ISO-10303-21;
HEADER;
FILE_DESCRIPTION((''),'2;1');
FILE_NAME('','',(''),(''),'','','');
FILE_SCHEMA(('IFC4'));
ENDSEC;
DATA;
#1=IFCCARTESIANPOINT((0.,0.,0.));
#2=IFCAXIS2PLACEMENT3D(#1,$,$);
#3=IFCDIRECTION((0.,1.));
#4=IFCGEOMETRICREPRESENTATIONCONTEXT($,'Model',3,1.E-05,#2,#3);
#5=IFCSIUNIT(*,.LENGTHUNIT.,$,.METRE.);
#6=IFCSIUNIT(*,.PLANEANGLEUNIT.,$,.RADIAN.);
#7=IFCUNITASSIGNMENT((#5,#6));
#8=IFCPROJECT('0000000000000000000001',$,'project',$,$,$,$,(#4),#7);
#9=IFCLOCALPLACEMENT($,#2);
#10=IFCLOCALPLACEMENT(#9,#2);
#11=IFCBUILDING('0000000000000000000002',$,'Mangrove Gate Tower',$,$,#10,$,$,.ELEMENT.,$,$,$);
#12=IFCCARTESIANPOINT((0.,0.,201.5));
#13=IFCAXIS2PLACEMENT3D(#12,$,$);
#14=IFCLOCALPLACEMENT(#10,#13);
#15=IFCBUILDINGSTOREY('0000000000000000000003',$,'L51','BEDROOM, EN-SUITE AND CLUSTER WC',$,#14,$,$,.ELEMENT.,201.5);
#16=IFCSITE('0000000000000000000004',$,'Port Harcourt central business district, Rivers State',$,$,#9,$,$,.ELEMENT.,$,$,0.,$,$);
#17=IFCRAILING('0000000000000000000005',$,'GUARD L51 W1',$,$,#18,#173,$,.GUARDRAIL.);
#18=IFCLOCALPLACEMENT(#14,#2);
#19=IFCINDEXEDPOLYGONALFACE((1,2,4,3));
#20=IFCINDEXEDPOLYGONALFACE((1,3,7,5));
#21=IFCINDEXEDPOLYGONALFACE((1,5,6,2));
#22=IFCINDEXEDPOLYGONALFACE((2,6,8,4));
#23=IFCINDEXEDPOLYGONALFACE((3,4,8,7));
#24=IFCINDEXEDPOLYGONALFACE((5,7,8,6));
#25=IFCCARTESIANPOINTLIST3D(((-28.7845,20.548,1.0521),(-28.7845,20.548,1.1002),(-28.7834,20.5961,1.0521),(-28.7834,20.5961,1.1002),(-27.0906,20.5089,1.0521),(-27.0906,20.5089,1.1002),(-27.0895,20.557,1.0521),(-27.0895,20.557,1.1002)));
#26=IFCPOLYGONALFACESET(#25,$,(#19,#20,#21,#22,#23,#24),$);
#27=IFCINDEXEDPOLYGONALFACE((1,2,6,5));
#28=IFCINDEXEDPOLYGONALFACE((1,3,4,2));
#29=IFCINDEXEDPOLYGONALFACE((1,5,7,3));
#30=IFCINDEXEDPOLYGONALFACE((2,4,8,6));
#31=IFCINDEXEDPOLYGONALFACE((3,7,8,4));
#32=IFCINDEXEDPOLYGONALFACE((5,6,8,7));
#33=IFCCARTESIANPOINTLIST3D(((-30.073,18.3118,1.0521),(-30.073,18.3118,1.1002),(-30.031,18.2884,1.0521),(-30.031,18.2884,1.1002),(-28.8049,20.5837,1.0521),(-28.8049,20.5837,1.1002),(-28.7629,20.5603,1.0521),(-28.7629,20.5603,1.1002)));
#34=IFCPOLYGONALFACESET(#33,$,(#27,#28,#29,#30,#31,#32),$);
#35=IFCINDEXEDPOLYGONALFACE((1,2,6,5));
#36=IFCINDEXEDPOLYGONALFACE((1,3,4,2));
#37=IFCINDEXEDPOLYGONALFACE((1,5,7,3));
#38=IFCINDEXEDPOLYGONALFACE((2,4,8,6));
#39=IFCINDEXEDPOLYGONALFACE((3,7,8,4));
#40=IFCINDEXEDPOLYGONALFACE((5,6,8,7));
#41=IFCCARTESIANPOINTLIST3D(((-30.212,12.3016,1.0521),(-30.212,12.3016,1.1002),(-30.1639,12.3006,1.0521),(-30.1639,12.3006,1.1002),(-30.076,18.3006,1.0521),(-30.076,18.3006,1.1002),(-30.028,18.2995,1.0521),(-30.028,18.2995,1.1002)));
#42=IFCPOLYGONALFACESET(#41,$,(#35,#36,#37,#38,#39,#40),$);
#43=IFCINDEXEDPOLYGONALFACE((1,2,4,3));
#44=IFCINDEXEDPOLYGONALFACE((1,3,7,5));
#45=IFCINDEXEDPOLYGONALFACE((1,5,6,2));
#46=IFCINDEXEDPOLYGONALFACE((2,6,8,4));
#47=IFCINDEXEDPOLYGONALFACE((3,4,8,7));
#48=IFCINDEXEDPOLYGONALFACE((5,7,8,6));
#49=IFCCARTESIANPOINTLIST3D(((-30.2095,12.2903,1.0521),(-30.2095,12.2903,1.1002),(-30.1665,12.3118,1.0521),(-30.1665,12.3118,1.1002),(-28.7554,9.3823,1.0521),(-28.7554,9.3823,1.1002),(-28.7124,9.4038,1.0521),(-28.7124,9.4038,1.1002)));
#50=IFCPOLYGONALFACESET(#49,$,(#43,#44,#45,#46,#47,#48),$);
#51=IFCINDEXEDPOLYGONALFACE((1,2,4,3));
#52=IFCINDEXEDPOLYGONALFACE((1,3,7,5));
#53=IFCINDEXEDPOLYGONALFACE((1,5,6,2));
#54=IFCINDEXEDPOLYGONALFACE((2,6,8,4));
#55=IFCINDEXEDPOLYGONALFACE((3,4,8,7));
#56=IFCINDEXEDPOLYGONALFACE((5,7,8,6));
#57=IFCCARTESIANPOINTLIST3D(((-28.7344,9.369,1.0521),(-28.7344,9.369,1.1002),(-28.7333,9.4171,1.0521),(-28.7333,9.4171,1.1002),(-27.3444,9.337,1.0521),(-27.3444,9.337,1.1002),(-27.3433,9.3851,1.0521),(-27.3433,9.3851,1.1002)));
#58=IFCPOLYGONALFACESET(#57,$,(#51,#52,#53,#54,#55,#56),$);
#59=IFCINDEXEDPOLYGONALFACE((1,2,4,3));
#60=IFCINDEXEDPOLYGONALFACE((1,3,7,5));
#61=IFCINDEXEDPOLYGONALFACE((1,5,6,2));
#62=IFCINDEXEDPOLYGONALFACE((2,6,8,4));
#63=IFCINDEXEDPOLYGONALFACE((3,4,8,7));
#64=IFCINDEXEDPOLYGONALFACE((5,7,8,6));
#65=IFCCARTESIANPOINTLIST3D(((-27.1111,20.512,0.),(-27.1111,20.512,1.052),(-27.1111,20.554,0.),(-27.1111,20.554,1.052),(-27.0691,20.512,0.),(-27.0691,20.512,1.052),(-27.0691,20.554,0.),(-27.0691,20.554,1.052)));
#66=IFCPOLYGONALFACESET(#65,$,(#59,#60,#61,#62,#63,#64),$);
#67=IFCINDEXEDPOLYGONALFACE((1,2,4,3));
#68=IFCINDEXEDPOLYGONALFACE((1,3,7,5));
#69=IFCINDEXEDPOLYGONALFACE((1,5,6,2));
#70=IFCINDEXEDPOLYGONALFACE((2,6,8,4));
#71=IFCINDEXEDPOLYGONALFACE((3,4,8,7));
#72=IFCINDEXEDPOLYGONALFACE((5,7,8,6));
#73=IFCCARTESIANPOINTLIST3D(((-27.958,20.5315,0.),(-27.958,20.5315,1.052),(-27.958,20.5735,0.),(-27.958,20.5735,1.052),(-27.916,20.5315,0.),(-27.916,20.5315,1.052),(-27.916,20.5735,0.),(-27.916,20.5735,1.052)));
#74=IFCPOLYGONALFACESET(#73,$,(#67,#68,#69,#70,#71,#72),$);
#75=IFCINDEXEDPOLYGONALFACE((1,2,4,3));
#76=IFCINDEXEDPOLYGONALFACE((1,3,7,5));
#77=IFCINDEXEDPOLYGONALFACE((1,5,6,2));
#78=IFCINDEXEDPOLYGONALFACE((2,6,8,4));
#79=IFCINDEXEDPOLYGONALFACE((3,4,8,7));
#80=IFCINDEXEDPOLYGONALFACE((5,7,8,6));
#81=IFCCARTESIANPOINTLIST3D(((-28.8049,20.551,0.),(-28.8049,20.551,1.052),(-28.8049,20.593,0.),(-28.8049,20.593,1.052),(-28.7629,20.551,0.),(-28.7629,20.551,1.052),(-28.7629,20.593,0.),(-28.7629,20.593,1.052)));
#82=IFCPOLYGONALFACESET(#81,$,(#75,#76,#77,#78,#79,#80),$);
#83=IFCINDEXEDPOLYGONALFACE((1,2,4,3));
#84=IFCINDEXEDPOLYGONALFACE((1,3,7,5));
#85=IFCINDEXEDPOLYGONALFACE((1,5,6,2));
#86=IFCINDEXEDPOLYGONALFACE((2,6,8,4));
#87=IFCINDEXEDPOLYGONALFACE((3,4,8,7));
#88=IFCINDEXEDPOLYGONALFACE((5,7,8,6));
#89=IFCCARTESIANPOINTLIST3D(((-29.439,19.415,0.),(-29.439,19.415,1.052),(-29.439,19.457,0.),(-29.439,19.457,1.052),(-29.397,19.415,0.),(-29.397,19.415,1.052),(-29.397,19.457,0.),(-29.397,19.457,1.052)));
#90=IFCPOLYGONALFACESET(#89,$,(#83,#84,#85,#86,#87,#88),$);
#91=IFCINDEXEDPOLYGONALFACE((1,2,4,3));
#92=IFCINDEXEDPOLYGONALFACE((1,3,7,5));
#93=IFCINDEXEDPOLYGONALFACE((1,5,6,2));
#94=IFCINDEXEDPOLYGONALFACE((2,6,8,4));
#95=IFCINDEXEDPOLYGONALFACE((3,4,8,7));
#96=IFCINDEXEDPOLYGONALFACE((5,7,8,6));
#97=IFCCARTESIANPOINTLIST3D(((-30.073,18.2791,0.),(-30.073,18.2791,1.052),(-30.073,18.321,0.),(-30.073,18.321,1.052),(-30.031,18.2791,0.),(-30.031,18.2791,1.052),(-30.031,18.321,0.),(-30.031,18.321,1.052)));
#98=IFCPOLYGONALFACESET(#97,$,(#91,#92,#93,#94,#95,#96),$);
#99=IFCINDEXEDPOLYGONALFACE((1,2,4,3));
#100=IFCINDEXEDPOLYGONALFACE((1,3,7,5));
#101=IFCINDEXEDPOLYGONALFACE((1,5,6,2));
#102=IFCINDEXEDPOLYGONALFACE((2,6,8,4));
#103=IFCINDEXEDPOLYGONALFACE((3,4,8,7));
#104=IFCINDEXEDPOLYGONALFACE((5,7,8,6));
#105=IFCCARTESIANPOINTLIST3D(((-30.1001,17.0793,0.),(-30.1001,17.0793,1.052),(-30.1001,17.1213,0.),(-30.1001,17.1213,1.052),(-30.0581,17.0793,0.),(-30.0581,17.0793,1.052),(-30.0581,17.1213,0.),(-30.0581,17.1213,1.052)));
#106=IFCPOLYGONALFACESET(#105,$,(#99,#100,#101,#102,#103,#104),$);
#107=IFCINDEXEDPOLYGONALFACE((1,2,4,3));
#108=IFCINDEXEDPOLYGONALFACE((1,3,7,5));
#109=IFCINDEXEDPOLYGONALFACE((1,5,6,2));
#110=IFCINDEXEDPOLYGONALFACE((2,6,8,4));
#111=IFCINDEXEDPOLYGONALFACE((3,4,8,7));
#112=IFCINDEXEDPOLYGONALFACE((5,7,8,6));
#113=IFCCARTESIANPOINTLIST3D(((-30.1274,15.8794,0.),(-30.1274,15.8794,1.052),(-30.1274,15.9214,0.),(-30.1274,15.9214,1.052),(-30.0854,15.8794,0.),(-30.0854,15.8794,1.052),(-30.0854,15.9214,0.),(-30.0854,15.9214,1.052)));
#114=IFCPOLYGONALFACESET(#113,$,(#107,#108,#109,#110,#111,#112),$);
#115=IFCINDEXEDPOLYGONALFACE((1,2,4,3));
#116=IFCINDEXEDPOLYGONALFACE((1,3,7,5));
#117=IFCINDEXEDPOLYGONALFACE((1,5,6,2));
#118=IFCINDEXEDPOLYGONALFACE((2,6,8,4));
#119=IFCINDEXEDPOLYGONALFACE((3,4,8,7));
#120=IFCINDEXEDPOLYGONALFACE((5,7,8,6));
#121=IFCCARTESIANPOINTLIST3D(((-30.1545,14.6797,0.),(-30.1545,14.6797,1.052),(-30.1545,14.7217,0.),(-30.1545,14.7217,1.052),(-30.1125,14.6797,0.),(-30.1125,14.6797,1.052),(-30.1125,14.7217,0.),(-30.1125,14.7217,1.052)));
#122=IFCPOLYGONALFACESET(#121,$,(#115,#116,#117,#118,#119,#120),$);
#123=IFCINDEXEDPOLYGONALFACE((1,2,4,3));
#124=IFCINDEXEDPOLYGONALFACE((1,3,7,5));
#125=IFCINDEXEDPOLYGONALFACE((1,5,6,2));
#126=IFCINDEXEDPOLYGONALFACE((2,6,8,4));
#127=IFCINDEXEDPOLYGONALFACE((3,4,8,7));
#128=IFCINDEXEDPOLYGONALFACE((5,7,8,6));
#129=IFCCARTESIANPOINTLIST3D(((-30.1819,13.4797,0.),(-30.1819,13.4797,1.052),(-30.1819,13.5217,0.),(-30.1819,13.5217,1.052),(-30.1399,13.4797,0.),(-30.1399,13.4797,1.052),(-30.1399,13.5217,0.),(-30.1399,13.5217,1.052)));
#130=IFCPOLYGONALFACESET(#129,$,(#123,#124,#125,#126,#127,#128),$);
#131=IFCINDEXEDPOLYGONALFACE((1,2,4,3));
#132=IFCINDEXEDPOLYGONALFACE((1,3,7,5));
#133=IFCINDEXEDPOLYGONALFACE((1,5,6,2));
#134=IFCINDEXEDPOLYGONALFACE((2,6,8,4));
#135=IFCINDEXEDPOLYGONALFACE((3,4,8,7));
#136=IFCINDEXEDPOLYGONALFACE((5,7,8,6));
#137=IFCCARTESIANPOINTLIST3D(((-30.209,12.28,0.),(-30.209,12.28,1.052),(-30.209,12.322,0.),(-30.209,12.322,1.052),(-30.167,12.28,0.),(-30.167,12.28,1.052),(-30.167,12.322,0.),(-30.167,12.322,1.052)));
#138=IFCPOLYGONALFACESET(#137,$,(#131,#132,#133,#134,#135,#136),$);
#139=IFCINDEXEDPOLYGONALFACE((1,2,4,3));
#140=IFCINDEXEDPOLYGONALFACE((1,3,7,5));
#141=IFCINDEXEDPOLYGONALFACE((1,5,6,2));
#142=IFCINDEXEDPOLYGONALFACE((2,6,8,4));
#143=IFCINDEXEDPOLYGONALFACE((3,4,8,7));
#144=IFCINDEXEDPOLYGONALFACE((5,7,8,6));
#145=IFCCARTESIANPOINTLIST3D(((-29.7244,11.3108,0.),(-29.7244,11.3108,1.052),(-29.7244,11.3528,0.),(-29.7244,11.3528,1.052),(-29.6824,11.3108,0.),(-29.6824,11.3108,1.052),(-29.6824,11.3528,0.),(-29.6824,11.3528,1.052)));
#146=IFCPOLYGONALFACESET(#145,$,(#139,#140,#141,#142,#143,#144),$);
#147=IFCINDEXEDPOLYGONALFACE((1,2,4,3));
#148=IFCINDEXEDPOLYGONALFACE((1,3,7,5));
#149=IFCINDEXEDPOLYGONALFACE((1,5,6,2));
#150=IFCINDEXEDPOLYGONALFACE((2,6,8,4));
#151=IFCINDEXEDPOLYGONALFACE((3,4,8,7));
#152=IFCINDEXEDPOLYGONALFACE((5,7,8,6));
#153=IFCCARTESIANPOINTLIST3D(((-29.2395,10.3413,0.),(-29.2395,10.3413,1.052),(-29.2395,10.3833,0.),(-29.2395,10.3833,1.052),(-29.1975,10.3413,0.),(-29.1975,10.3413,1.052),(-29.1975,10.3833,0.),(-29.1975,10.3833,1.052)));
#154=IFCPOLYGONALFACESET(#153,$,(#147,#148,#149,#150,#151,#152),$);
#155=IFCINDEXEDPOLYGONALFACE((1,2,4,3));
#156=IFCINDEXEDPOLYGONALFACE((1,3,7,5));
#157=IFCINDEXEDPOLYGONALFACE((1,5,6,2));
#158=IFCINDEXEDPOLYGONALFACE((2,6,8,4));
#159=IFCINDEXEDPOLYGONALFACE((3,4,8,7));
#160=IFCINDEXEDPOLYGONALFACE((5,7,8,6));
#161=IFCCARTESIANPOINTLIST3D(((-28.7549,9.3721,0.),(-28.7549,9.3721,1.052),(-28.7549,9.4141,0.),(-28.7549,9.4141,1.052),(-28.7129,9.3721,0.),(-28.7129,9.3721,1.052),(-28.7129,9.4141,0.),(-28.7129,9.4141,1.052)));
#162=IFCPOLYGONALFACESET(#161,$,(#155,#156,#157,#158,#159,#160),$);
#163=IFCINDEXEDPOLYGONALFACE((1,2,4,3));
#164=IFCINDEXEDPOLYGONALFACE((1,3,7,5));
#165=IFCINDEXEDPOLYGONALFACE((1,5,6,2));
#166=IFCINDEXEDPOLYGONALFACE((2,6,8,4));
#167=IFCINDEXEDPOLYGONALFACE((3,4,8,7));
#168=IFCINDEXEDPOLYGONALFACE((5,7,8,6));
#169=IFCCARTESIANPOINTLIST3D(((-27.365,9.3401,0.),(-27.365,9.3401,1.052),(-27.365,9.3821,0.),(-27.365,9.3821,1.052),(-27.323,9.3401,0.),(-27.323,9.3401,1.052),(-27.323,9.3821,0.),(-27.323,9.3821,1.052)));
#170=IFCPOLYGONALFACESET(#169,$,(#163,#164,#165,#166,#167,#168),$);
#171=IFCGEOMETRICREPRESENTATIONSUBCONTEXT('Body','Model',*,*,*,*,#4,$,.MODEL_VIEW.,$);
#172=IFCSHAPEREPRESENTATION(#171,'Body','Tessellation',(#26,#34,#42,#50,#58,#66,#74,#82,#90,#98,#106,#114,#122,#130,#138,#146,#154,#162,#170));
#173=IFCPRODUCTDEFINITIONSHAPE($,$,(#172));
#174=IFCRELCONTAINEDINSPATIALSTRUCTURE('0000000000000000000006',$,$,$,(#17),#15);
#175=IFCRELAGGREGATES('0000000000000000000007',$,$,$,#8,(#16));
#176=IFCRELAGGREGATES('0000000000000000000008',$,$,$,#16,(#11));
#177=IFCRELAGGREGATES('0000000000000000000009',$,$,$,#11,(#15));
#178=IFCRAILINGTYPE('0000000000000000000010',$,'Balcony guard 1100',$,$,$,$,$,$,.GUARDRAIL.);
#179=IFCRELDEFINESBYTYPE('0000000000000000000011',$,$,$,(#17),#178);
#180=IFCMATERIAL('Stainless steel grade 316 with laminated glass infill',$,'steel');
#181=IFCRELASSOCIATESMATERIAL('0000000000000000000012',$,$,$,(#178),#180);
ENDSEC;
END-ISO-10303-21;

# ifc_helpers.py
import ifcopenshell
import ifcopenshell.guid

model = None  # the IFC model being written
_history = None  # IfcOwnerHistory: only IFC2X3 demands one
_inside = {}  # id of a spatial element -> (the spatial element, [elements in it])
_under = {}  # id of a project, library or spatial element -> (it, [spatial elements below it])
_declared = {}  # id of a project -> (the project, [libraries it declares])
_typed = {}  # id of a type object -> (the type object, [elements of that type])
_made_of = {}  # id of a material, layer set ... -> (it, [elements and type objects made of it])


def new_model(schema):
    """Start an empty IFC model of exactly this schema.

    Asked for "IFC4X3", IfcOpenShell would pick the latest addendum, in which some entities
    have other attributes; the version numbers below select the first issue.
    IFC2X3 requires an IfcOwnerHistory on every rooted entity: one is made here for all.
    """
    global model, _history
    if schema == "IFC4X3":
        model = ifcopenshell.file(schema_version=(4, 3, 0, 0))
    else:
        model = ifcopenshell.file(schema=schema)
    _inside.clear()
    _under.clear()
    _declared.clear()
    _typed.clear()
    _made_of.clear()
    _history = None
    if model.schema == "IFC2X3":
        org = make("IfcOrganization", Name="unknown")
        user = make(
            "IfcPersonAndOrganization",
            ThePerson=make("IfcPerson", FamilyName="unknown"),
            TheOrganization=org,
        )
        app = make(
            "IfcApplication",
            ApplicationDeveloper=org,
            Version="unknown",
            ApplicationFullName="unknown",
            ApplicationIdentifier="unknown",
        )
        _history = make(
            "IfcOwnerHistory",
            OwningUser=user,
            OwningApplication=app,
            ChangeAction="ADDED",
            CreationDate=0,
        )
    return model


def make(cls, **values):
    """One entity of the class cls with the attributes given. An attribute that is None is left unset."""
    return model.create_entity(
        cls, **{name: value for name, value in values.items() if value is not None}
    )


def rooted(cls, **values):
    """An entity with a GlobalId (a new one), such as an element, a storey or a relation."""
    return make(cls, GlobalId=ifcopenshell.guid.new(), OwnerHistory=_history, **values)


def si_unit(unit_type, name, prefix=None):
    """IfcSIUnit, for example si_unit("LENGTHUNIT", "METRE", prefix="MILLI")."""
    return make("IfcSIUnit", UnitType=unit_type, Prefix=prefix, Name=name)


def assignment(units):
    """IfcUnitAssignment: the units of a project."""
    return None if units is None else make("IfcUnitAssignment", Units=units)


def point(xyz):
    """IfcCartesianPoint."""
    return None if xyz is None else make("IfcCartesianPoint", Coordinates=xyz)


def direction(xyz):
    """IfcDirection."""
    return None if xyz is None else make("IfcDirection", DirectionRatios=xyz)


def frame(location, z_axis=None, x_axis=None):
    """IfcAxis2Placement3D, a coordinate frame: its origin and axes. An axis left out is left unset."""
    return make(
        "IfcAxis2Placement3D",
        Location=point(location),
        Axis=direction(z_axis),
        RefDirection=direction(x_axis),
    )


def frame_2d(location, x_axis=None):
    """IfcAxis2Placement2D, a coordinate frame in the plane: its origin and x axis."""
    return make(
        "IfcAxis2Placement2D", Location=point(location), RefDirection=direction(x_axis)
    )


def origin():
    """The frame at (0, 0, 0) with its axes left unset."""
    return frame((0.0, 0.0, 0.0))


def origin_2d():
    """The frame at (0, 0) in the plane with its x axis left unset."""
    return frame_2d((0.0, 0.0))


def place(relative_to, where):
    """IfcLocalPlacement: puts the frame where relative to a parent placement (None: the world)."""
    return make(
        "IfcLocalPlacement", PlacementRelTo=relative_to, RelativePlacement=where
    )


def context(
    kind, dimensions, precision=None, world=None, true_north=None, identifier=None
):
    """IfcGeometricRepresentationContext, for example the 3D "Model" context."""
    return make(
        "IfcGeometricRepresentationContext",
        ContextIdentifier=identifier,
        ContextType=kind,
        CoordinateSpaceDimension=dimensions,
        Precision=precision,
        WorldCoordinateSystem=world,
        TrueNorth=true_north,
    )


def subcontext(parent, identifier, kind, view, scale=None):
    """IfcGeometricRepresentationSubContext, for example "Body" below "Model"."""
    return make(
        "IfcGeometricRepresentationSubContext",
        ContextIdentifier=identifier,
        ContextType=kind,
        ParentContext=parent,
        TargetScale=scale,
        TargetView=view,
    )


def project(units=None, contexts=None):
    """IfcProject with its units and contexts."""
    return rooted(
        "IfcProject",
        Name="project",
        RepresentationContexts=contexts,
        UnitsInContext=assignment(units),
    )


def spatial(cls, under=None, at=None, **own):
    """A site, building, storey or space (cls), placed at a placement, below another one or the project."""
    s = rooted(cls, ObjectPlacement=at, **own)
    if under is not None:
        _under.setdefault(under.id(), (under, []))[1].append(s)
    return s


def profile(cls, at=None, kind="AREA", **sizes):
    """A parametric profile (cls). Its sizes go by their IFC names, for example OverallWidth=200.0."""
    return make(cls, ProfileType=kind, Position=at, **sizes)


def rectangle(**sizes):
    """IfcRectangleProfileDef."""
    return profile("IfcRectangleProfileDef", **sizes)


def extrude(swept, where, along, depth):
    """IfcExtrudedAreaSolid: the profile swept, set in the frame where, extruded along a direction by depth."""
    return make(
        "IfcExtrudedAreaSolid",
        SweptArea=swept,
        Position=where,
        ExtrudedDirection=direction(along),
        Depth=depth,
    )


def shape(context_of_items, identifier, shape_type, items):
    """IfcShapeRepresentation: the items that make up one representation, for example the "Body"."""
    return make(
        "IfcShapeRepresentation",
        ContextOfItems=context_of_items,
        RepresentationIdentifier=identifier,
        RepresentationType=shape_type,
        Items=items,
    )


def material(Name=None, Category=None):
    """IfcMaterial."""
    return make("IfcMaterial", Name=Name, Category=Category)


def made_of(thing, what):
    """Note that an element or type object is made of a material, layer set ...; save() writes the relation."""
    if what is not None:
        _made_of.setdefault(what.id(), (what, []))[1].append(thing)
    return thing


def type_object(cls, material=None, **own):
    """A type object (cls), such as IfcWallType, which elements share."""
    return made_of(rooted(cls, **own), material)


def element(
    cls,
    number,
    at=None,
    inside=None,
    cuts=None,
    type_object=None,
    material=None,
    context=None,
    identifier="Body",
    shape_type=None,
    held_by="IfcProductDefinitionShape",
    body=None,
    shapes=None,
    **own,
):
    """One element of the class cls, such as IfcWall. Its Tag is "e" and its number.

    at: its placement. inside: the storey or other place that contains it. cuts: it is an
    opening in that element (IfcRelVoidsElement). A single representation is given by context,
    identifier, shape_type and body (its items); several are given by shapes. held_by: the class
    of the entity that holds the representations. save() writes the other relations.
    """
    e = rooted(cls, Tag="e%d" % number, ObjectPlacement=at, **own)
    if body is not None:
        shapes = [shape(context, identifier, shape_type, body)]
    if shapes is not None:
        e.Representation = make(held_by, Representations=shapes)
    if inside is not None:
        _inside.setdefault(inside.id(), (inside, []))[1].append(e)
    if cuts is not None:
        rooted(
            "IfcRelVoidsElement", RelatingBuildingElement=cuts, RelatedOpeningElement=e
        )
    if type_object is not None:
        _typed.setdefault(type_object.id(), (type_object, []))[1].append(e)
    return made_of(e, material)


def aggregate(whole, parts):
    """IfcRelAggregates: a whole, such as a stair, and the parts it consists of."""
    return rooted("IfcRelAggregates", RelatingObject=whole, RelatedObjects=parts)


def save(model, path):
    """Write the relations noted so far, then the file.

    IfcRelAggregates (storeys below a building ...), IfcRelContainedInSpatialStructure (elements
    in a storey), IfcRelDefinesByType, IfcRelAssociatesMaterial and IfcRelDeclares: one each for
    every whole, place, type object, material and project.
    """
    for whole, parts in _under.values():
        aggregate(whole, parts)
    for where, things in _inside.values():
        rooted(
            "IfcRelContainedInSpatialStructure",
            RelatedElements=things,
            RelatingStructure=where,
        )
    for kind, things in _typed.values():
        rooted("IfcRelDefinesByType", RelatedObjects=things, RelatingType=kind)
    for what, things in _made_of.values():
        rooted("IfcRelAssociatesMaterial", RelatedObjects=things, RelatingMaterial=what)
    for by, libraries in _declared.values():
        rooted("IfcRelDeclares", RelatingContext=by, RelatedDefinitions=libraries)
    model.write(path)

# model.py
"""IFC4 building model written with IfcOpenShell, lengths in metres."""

from ifc_helpers import new_model, si_unit, direction, frame, origin, origin_2d, place, context, subcontext, project, spatial, rectangle, extrude, material, type_object, element, save


model = new_model("IFC4")

# Units and contexts
model_context = context("Model", 3, precision=1e-05, world=origin(), true_north=direction((0.0, 1.0)))
body_context = subcontext(model_context, "Body", "Model", "MODEL_VIEW")
ifc_project = project(units=[si_unit("LENGTHUNIT", "METRE"), si_unit("PLANEANGLEUNIT", "RADIAN")], contexts=[model_context])

# Site, building, storey
site_placement = place(None, origin())
site = spatial("IfcSite", under=ifc_project, at=site_placement, Name="Port Harcourt central business district, Rivers State", CompositionType="ELEMENT", RefElevation=0.0)
building_placement = place(site_placement, origin())
building = spatial("IfcBuilding", under=site, at=building_placement, Name="Mangrove Gate Tower", CompositionType="ELEMENT")
storey_placement = place(building_placement, frame((0.0, 0.0, 201.5)))
storey = spatial("IfcBuildingStorey", under=building, at=storey_placement, Name="L51", Description="BEDROOM, EN-SUITE AND CLUSTER WC", CompositionType="ELEMENT", Elevation=201.5)

# Railing
ifc_material_1 = material(Name="Stainless steel grade 316 with laminated glass infill", Category="steel")
railing_type = type_object("IfcRailingType", Name="Balcony guard 1100", PredefinedType="GUARDRAIL", material=ifc_material_1)
railing_placement = place(storey_placement, frame((-27.0901, 20.533, 0.0)))
element("IfcRailing", 1, at=railing_placement, inside=storey, type_object=railing_type, Name="GUARD L51 W1", PredefinedType="GUARDRAIL", context=body_context, shape_type="SweptSolid", body=[
    extrude(rectangle(XDim=0.0481, YDim=0.0481, at=origin_2d()), frame((0.0, 0.0, 1.0762), z_axis=(-0.999734, 0.023055, 0.0), x_axis=(-0.023055, -0.999734, 0.0)), (0.0, 0.0, 1.0), 1.6943),
    extrude(rectangle(XDim=0.0481, YDim=0.0481, at=origin_2d()), frame((-1.6938, 0.0391, 1.0762), z_axis=(-0.487363, -0.8732, 0.0), x_axis=(0.8732, -0.487363, 0.0)), (0.0, 0.0, 1.0), 2.6018),
    extrude(rectangle(XDim=0.0481, YDim=0.0481, at=origin_2d()), frame((-2.9619, -2.2329, 1.0762), z_axis=(-0.022662, -0.999743, 0.0), x_axis=(0.999743, -0.022662, 0.0)), (0.0, 0.0, 1.0), 6.0005),
    extrude(rectangle(XDim=0.0481, YDim=0.0481, at=origin_2d()), frame((-3.0979, -8.2319, 1.0762), z_axis=(0.447244, -0.894412, 0.0), x_axis=(0.894412, 0.447244, 0.0)), (0.0, 0.0, 1.0), 3.2512),
    extrude(rectangle(XDim=0.0481, YDim=0.0481, at=origin_2d()), frame((-1.6438, -11.1399, 1.0762), z_axis=(0.999735, -0.023005, 0.0), x_axis=(0.023005, 0.999735, 0.0)), (0.0, 0.0, 1.0), 1.3904),
    extrude(rectangle(XDim=0.042, YDim=0.042, at=origin_2d()), origin(), (0.0, 0.0, 1.0), 1.052),
    extrude(rectangle(XDim=0.042, YDim=0.042, at=origin_2d()), frame((-0.8469, 0.0195, 0.0)), (0.0, 0.0, 1.0), 1.052),
    extrude(rectangle(XDim=0.042, YDim=0.042, at=origin_2d()), frame((-1.6938, 0.0391, 0.0)), (0.0, 0.0, 1.0), 1.052),
    extrude(rectangle(XDim=0.042, YDim=0.042, at=origin_2d()), frame((-2.3279, -1.0969, 0.0)), (0.0, 0.0, 1.0), 1.052),
    extrude(rectangle(XDim=0.042, YDim=0.042, at=origin_2d()), frame((-2.9619, -2.2329, 0.0)), (0.0, 0.0, 1.0), 1.052),
    extrude(rectangle(XDim=0.042, YDim=0.042, at=origin_2d()), frame((-2.989, -3.4326, 0.0)), (0.0, 0.0, 1.0), 1.052),
    extrude(rectangle(XDim=0.042, YDim=0.042, at=origin_2d()), frame((-3.0164, -4.6326, 0.0)), (0.0, 0.0, 1.0), 1.052),
    extrude(rectangle(XDim=0.042, YDim=0.042, at=origin_2d()), frame((-3.0435, -5.8323, 0.0)), (0.0, 0.0, 1.0), 1.052),
    extrude(rectangle(XDim=0.042, YDim=0.042, at=origin_2d()), frame((-3.0708, -7.0322, 0.0)), (0.0, 0.0, 1.0), 1.052),
    extrude(rectangle(XDim=0.042, YDim=0.042, at=origin_2d()), frame((-3.0979, -8.2319, 0.0)), (0.0, 0.0, 1.0), 1.052),
    extrude(rectangle(XDim=0.042, YDim=0.042, at=origin_2d()), frame((-2.6133, -9.2012, 0.0)), (0.0, 0.0, 1.0), 1.052),
    extrude(rectangle(XDim=0.042, YDim=0.042, at=origin_2d()), frame((-2.1284, -10.1707, 0.0)), (0.0, 0.0, 1.0), 1.052),
    extrude(rectangle(XDim=0.042, YDim=0.042, at=origin_2d()), frame((-1.6438, -11.1399, 0.0)), (0.0, 0.0, 1.0), 1.052),
    extrude(rectangle(XDim=0.042, YDim=0.042, at=origin_2d()), frame((-0.2539, -11.1719, 0.0)), (0.0, 0.0, 1.0), 1.052),
])

save(model, "model.ifc")
